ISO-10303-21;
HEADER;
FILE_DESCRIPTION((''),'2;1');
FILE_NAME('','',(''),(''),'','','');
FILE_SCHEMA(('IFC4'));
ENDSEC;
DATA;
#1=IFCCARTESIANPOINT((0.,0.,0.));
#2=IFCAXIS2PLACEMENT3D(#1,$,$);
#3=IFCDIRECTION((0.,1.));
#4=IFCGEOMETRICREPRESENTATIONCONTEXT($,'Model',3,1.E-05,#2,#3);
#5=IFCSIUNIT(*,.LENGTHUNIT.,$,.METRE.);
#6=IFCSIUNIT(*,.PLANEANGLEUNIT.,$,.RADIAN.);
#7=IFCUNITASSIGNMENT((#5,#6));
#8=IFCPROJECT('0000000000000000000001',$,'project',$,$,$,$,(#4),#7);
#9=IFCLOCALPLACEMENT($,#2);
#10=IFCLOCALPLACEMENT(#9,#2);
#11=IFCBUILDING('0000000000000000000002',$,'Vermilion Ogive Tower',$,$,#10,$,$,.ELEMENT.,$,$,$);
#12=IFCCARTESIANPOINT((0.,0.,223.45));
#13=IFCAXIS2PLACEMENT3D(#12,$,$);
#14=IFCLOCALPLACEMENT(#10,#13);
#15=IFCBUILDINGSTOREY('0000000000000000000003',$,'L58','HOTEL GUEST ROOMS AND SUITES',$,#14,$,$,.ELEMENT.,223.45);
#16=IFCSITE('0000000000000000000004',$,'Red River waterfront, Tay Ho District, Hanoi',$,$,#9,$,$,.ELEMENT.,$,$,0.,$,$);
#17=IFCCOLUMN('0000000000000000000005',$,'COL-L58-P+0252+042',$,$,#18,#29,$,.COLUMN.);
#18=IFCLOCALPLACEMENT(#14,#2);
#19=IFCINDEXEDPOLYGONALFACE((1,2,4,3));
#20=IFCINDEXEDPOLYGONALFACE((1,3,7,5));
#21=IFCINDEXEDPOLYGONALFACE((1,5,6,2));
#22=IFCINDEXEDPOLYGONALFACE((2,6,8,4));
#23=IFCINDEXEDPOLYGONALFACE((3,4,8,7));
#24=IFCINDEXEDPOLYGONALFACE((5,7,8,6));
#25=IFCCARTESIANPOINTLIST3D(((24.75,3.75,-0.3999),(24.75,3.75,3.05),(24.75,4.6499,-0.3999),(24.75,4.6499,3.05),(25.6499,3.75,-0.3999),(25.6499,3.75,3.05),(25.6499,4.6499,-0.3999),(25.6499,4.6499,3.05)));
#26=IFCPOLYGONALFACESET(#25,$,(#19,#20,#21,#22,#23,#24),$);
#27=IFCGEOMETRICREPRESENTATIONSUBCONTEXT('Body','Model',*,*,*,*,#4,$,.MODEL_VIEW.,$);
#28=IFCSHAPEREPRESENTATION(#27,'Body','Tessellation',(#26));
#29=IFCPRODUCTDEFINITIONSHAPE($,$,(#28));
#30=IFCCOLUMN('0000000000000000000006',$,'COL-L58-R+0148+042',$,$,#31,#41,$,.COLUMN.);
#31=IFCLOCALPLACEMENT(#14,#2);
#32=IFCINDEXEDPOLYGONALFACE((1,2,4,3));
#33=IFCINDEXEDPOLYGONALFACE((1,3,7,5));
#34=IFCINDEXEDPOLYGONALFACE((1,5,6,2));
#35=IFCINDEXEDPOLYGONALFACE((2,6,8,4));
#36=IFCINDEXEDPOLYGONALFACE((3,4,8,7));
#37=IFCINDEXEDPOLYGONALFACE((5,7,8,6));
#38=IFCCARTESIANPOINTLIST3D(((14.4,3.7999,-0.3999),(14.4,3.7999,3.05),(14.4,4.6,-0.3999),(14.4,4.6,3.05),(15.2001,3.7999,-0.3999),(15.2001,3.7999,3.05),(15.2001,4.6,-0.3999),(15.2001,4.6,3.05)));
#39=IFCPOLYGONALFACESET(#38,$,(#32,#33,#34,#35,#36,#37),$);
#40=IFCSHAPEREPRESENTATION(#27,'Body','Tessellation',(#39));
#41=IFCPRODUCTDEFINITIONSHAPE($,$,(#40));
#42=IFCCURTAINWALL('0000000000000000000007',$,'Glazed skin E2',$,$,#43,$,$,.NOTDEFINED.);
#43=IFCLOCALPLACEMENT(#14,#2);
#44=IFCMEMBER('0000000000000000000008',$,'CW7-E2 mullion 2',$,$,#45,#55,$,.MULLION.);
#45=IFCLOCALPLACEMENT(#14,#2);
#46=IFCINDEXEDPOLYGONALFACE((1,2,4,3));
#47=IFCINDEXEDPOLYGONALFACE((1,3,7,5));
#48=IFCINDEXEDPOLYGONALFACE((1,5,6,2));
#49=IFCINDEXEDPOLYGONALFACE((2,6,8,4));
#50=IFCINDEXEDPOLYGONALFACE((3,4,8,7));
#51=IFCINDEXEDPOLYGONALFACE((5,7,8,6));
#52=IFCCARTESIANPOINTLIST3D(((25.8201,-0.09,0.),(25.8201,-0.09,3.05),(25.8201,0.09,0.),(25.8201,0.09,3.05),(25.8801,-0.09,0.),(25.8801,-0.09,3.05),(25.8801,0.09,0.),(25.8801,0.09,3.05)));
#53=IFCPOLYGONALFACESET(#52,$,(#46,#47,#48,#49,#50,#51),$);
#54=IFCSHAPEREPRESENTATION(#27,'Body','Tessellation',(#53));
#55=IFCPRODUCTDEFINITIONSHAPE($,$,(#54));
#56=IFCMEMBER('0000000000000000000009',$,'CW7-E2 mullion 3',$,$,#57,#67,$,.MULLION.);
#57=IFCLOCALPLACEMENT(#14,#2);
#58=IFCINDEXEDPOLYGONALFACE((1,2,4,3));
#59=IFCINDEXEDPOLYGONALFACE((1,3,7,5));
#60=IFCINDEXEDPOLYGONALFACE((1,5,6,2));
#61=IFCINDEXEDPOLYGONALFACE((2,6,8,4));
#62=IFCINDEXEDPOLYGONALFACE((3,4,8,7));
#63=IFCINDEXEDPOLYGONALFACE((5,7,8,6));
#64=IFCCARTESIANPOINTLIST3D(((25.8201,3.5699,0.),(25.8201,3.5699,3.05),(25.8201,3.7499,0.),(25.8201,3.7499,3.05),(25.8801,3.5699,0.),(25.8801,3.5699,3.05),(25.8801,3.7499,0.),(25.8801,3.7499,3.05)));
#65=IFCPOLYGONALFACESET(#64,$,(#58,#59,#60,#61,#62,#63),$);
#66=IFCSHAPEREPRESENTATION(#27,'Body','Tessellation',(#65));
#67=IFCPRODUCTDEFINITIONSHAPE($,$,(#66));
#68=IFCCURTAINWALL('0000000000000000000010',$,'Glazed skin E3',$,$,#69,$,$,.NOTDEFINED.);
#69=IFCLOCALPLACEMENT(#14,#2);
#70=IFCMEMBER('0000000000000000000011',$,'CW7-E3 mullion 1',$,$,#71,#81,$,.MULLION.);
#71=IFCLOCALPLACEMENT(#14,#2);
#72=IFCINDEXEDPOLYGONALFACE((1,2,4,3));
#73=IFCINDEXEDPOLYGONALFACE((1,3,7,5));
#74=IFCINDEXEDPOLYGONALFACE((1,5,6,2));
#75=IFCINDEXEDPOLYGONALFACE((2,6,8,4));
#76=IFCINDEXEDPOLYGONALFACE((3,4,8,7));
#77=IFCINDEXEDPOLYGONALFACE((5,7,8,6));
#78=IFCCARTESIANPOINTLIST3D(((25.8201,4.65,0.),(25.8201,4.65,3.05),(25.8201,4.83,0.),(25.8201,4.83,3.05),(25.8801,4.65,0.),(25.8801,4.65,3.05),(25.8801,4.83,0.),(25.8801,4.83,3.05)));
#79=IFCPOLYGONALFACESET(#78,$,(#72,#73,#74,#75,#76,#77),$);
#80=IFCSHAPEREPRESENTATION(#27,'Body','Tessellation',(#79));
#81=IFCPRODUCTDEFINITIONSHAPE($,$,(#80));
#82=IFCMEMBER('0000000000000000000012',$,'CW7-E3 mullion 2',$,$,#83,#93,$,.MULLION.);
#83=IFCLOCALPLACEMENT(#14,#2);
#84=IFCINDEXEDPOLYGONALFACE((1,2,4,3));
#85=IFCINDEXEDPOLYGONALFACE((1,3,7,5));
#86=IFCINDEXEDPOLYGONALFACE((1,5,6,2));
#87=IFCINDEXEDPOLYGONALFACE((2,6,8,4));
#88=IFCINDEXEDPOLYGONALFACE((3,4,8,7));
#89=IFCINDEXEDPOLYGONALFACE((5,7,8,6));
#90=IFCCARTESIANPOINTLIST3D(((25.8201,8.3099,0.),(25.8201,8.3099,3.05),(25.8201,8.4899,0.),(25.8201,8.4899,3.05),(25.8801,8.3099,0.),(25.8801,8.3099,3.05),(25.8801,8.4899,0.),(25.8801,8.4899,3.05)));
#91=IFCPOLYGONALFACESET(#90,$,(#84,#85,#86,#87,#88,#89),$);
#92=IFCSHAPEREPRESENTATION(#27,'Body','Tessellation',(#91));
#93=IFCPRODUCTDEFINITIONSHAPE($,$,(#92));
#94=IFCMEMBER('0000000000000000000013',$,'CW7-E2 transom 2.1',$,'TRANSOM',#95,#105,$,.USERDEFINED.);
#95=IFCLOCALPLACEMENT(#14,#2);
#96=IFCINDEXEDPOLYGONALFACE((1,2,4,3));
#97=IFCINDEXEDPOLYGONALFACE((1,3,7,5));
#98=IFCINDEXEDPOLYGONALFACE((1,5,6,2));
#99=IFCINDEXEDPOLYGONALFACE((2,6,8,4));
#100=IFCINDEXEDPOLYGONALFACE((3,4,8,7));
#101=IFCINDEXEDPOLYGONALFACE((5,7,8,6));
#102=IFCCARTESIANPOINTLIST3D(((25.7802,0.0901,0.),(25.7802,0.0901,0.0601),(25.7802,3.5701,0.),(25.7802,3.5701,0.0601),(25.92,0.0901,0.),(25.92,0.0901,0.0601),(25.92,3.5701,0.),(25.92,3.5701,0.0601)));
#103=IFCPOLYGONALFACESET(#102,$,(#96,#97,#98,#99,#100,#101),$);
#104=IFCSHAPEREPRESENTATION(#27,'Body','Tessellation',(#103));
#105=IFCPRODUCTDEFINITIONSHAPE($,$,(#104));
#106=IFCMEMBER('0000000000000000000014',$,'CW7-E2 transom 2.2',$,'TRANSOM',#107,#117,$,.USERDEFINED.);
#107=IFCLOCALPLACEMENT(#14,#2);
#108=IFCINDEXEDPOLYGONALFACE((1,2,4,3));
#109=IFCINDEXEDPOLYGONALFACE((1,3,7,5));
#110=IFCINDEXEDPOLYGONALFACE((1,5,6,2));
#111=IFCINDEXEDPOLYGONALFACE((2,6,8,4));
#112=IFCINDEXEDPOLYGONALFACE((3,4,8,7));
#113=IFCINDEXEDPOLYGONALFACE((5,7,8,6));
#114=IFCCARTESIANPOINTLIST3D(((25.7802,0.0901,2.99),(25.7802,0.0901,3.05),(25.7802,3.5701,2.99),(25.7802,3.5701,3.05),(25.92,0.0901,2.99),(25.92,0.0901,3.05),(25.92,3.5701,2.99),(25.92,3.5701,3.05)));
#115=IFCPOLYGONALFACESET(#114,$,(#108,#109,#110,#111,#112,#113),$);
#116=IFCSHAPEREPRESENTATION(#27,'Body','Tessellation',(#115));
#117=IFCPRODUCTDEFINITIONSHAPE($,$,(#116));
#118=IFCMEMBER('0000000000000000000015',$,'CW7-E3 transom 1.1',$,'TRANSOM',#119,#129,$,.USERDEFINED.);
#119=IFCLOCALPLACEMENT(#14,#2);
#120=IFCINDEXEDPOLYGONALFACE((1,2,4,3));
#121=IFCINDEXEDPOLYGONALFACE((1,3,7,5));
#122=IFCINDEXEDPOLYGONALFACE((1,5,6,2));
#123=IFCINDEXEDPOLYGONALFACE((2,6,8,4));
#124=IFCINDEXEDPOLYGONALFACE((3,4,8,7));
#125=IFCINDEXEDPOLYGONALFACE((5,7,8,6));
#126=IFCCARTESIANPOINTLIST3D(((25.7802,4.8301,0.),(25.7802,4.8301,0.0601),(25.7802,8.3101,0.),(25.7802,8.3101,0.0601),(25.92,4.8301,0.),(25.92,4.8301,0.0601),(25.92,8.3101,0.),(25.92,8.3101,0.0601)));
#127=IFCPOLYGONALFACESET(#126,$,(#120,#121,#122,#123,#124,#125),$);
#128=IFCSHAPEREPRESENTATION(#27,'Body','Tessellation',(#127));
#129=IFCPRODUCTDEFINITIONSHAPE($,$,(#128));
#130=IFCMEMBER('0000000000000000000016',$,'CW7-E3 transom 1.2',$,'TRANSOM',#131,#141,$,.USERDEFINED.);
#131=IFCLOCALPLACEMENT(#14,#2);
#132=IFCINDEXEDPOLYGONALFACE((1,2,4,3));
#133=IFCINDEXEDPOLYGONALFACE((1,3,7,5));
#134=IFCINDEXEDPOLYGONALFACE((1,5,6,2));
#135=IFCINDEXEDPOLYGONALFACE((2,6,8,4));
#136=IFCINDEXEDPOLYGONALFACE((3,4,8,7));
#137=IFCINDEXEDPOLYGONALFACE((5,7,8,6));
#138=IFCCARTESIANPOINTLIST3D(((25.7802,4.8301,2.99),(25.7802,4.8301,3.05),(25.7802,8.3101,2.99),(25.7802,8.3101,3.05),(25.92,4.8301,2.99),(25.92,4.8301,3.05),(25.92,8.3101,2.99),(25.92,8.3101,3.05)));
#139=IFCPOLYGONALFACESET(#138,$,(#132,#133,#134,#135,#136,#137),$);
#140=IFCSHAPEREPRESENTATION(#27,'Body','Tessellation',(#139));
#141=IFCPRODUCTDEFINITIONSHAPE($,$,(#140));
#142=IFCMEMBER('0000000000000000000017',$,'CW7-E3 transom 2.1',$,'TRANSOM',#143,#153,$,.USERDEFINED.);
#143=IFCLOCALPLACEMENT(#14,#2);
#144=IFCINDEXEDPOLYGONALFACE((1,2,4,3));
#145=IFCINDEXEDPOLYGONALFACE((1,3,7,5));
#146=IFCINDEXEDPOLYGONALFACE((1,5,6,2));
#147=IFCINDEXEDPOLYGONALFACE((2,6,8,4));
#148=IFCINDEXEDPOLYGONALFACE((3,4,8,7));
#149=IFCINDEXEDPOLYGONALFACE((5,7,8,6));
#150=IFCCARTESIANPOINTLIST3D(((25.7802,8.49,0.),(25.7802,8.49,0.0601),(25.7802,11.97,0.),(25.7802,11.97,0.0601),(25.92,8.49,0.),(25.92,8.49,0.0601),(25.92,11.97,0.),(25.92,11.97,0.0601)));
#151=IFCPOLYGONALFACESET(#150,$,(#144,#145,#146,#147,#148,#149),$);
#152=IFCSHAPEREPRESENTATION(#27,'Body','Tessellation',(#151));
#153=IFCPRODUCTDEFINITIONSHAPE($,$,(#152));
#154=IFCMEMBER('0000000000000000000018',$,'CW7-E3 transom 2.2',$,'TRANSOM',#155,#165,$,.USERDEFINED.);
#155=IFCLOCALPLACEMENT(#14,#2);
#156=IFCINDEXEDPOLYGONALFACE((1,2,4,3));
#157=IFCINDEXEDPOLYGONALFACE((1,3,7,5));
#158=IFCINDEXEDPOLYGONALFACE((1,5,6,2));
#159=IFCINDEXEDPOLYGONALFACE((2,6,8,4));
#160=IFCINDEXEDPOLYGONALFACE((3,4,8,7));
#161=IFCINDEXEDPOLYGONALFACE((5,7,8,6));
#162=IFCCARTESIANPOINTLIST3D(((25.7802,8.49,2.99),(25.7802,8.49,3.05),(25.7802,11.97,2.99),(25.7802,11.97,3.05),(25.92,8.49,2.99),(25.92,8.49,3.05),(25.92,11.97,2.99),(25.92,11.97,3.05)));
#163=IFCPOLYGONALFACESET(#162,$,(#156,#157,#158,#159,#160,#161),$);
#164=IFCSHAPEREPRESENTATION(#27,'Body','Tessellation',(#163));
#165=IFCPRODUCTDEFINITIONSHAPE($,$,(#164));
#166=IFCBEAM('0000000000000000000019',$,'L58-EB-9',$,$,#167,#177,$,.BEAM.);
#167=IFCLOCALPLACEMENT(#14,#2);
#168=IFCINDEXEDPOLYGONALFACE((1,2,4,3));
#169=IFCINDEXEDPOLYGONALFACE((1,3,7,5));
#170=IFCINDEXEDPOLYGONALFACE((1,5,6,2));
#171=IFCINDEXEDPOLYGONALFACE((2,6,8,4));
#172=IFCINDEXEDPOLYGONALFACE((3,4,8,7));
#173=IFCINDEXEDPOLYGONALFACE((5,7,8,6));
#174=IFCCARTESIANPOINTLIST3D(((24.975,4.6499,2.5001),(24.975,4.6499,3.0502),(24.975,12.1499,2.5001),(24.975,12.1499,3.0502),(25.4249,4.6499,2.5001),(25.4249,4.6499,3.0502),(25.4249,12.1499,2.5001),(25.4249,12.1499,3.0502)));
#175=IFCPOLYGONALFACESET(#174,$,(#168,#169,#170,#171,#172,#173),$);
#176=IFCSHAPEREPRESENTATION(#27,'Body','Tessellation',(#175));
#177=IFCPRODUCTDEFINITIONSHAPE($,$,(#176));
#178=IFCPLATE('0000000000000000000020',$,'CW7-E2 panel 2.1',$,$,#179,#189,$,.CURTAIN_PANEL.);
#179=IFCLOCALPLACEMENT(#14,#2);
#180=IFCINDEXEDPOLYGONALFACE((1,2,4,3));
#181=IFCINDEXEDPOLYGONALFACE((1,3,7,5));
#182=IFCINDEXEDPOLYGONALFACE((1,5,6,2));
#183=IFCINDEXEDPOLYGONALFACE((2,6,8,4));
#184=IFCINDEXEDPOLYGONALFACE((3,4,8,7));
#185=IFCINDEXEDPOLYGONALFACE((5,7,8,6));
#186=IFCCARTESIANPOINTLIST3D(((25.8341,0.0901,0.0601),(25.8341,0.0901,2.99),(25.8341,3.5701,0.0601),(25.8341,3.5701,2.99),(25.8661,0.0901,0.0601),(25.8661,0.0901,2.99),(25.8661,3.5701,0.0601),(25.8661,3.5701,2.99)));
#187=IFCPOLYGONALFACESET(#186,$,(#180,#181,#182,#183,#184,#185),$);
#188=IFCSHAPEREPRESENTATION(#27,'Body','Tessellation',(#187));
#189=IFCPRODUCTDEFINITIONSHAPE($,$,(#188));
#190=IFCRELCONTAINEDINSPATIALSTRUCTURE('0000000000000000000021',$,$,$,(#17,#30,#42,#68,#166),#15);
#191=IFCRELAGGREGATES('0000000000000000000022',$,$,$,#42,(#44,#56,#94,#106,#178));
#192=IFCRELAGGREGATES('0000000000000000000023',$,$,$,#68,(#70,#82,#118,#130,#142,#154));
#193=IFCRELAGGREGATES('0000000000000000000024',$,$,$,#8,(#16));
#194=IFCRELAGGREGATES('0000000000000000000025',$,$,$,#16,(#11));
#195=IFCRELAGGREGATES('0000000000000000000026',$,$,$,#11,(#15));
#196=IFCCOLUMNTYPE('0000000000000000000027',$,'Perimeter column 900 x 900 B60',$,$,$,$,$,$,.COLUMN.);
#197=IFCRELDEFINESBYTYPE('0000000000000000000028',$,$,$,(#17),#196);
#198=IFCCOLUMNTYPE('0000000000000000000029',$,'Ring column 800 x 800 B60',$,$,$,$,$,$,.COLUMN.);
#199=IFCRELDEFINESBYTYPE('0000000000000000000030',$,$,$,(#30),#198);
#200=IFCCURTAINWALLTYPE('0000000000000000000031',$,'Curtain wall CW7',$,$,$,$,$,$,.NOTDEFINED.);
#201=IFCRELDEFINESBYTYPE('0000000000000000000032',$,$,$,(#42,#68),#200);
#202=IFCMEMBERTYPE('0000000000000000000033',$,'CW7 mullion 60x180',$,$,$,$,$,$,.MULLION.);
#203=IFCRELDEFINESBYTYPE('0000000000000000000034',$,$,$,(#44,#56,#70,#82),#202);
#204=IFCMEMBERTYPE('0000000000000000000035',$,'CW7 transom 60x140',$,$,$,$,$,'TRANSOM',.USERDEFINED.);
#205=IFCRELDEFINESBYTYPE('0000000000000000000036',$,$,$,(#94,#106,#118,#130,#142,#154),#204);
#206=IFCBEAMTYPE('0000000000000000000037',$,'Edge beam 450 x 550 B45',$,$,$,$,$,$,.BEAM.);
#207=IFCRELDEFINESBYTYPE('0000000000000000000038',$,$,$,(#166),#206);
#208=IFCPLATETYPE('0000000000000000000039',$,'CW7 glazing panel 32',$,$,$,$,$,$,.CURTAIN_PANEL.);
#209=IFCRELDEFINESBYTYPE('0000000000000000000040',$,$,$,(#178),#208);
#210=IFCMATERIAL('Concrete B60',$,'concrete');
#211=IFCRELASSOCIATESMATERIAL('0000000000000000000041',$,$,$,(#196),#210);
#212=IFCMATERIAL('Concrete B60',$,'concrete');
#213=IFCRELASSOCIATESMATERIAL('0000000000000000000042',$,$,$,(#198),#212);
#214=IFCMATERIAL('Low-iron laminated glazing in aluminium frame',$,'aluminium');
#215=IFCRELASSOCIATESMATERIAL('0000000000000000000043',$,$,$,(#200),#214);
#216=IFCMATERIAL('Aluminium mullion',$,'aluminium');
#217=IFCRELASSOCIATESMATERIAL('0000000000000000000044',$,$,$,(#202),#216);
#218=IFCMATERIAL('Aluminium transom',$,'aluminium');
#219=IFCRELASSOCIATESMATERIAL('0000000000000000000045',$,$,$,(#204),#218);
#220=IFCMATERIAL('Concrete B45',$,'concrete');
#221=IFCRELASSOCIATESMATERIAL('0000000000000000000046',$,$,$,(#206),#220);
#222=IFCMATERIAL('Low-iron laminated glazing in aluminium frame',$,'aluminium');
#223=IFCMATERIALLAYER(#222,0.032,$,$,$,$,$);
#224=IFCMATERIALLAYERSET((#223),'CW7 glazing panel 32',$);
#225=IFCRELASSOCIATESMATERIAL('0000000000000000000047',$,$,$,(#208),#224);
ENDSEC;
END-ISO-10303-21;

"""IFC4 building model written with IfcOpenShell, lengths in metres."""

from ifc_helpers import new_model, si_unit, direction, frame, origin, origin_2d, place, context, subcontext, project, spatial, rectangle, extrude, material, layer, layer_set, material_profile, profile_set, type_object, element, aggregate, save


model = new_model("IFC4")

# Units and contexts
model_context = context("Model", 3, precision=1e-05, world=origin(), true_north=direction((0.0, 1.0)))
body_context = subcontext(model_context, "Body", "Model", "MODEL_VIEW")
ifc_project = project(units=[si_unit("LENGTHUNIT", "METRE"), si_unit("PLANEANGLEUNIT", "RADIAN")], contexts=[model_context])

# Site, building, storey
site_placement = place(None, origin())
site = spatial("IfcSite", under=ifc_project, at=site_placement, Name="Red River waterfront, Tay Ho District, Hanoi", CompositionType="ELEMENT", RefElevation=0.0)
building_placement = place(site_placement, origin())
building = spatial("IfcBuilding", under=site, at=building_placement, Name="Vermilion Ogive Tower", CompositionType="ELEMENT")
storey_placement = place(building_placement, frame((0.0, 0.0, 223.45)))
storey = spatial("IfcBuildingStorey", under=building, at=storey_placement, Name="L58", Description="HOTEL GUEST ROOMS AND SUITES", CompositionType="ELEMENT", Elevation=223.45)

# Columns
ifc_material_1 = material(Name="Concrete B60", Category="concrete")
ifc_material_profile_1 = material_profile(ifc_material_1, rectangle(XDim=0.8999, YDim=0.8999, at=origin_2d()), Name="900 x 900")
ifc_profile_set_1 = profile_set([ifc_material_profile_1], Name="Concrete B60")
column_type_1 = type_object("IfcColumnType", Name="Perimeter column 900 x 900 B60", PredefinedType="COLUMN", material=ifc_profile_set_1)
column_1_placement = place(storey_placement, frame((25.2, 4.2, -0.3999), z_axis=(0.0, 0.0, 1.0), x_axis=(1.0, 0.0, 0.0)))
element("IfcColumn", 1, at=column_1_placement, inside=storey, type_object=column_type_1, Name="COL-L58-P+0252+042", PredefinedType="COLUMN", context=body_context, shape_type="SweptSolid", body=[
    extrude(rectangle(XDim=0.8999, YDim=0.8999, at=origin_2d()), origin(), (0.0, 0.0, 1.0), 3.45),
])
ifc_material_2 = material(Name="Concrete B60", Category="concrete")
ifc_material_profile_2 = material_profile(ifc_material_2, rectangle(XDim=0.8, YDim=0.8, at=origin_2d()), Name="800 x 800")
ifc_profile_set_2 = profile_set([ifc_material_profile_2], Name="Concrete B60")
column_type_2 = type_object("IfcColumnType", Name="Ring column 800 x 800 B60", PredefinedType="COLUMN", material=ifc_profile_set_2)
column_2_placement = place(storey_placement, frame((14.8, 4.2, -0.3999), z_axis=(0.0, 0.0, 1.0), x_axis=(1.0, 0.0, 0.0)))
element("IfcColumn", 2, at=column_2_placement, inside=storey, type_object=column_type_2, Name="COL-L58-R+0148+042", PredefinedType="COLUMN", context=body_context, shape_type="SweptSolid", body=[
    extrude(rectangle(XDim=0.8, YDim=0.8, at=origin_2d()), origin(), (0.0, 0.0, 1.0), 3.45),
])

# Curtain walls, members
ifc_material_3 = material(Name="Low-iron laminated glazing in aluminium frame", Category="aluminium")
curtain_wall_type = type_object("IfcCurtainWallType", Name="Curtain wall CW7", PredefinedType="NOTDEFINED", material=ifc_material_3)
curtain_wall_1_placement = place(storey_placement, origin())
curtain_wall_1 = element("IfcCurtainWall", 3, at=curtain_wall_1_placement, inside=storey, type_object=curtain_wall_type, Name="Glazed skin E2", PredefinedType="NOTDEFINED")
ifc_material_4 = material(Name="Aluminium mullion", Category="aluminium")
ifc_material_profile_3 = material_profile(ifc_material_4, rectangle(XDim=0.0601, YDim=0.1799, at=origin_2d()), Name="AL 60x180")
ifc_profile_set_3 = profile_set([ifc_material_profile_3], Name="Aluminium mullion")
member_type_1 = type_object("IfcMemberType", Name="CW7 mullion 60x180", PredefinedType="MULLION", material=ifc_profile_set_3)
member_1_placement = place(storey_placement, frame((25.8501, 0.0, 0.0), z_axis=(0.0, 0.0, 1.0), x_axis=(-1.0, 0.0, 0.0)))
member_1 = element("IfcMember", 4, at=member_1_placement, type_object=member_type_1, Name="CW7-E2 mullion 2", PredefinedType="MULLION", context=body_context, shape_type="SweptSolid", body=[
    extrude(rectangle(XDim=0.0601, YDim=0.1799, at=origin_2d()), origin(), (0.0, 0.0, 1.0), 3.05),
])
member_2_placement = place(storey_placement, frame((25.8501, 3.6599, 0.0), z_axis=(0.0, 0.0, 1.0), x_axis=(-1.0, 0.0, 0.0)))
member_2 = element("IfcMember", 5, at=member_2_placement, type_object=member_type_1, Name="CW7-E2 mullion 3", PredefinedType="MULLION", context=body_context, shape_type="SweptSolid", body=[
    extrude(rectangle(XDim=0.0601, YDim=0.1799, at=origin_2d()), origin(), (0.0, 0.0, 1.0), 3.05),
])
curtain_wall_2_placement = place(storey_placement, origin())
curtain_wall_2 = element("IfcCurtainWall", 6, at=curtain_wall_2_placement, inside=storey, type_object=curtain_wall_type, Name="Glazed skin E3", PredefinedType="NOTDEFINED")
member_3_placement = place(storey_placement, frame((25.8501, 4.74, 0.0), z_axis=(0.0, 0.0, 1.0), x_axis=(-1.0, 0.0, 0.0)))
member_3 = element("IfcMember", 7, at=member_3_placement, type_object=member_type_1, Name="CW7-E3 mullion 1", PredefinedType="MULLION", context=body_context, shape_type="SweptSolid", body=[
    extrude(rectangle(XDim=0.0601, YDim=0.1799, at=origin_2d()), origin(), (0.0, 0.0, 1.0), 3.05),
])
member_4_placement = place(storey_placement, frame((25.8501, 8.3999, 0.0), z_axis=(0.0, 0.0, 1.0), x_axis=(-1.0, 0.0, 0.0)))
member_4 = element("IfcMember", 8, at=member_4_placement, type_object=member_type_1, Name="CW7-E3 mullion 2", PredefinedType="MULLION", context=body_context, shape_type="SweptSolid", body=[
    extrude(rectangle(XDim=0.0601, YDim=0.1799, at=origin_2d()), origin(), (0.0, 0.0, 1.0), 3.05),
])

# Members
ifc_material_5 = material(Name="Aluminium transom", Category="aluminium")
ifc_material_profile_4 = material_profile(ifc_material_5, rectangle(XDim=0.1399, YDim=0.0601, at=origin_2d()), Name="AL 60x140")
ifc_profile_set_4 = profile_set([ifc_material_profile_4], Name="Aluminium transom")
member_type_2 = type_object("IfcMemberType", Name="CW7 transom 60x140", ElementType="TRANSOM", PredefinedType="USERDEFINED", material=ifc_profile_set_4)
member_5_placement = place(storey_placement, frame((25.8501, 0.0901, 0.03), z_axis=(0.0, 1.0, 0.0), x_axis=(-1.0, 0.0, 0.0)))
member_5 = element("IfcMember", 9, at=member_5_placement, type_object=member_type_2, Name="CW7-E2 transom 2.1", ObjectType="TRANSOM", PredefinedType="USERDEFINED", context=body_context, shape_type="SweptSolid", body=[
    extrude(rectangle(XDim=0.1399, YDim=0.0601, at=origin_2d()), origin(), (0.0, 0.0, 1.0), 3.48),
])
member_6_placement = place(storey_placement, frame((25.8501, 0.0901, 3.02), z_axis=(0.0, 1.0, 0.0), x_axis=(-1.0, 0.0, 0.0)))
member_6 = element("IfcMember", 10, at=member_6_placement, type_object=member_type_2, Name="CW7-E2 transom 2.2", ObjectType="TRANSOM", PredefinedType="USERDEFINED", context=body_context, shape_type="SweptSolid", body=[
    extrude(rectangle(XDim=0.1399, YDim=0.0601, at=origin_2d()), origin(), (0.0, 0.0, 1.0), 3.48),
])
member_7_placement = place(storey_placement, frame((25.8501, 4.8301, 0.03), z_axis=(0.0, 1.0, 0.0), x_axis=(-1.0, 0.0, 0.0)))
member_7 = element("IfcMember", 11, at=member_7_placement, type_object=member_type_2, Name="CW7-E3 transom 1.1", ObjectType="TRANSOM", PredefinedType="USERDEFINED", context=body_context, shape_type="SweptSolid", body=[
    extrude(rectangle(XDim=0.1399, YDim=0.0601, at=origin_2d()), origin(), (0.0, 0.0, 1.0), 3.48),
])
member_8_placement = place(storey_placement, frame((25.8501, 4.8301, 3.02), z_axis=(0.0, 1.0, 0.0), x_axis=(-1.0, 0.0, 0.0)))
member_8 = element("IfcMember", 12, at=member_8_placement, type_object=member_type_2, Name="CW7-E3 transom 1.2", ObjectType="TRANSOM", PredefinedType="USERDEFINED", context=body_context, shape_type="SweptSolid", body=[
    extrude(rectangle(XDim=0.1399, YDim=0.0601, at=origin_2d()), origin(), (0.0, 0.0, 1.0), 3.48),
])
member_9_placement = place(storey_placement, frame((25.8501, 8.49, 0.03), z_axis=(0.0, 1.0, 0.0), x_axis=(-1.0, 0.0, 0.0)))
member_9 = element("IfcMember", 13, at=member_9_placement, type_object=member_type_2, Name="CW7-E3 transom 2.1", ObjectType="TRANSOM", PredefinedType="USERDEFINED", context=body_context, shape_type="SweptSolid", body=[
    extrude(rectangle(XDim=0.1399, YDim=0.0601, at=origin_2d()), origin(), (0.0, 0.0, 1.0), 3.48),
])
member_10_placement = place(storey_placement, frame((25.8501, 8.49, 3.02), z_axis=(0.0, 1.0, 0.0), x_axis=(-1.0, 0.0, 0.0)))
member_10 = element("IfcMember", 14, at=member_10_placement, type_object=member_type_2, Name="CW7-E3 transom 2.2", ObjectType="TRANSOM", PredefinedType="USERDEFINED", context=body_context, shape_type="SweptSolid", body=[
    extrude(rectangle(XDim=0.1399, YDim=0.0601, at=origin_2d()), origin(), (0.0, 0.0, 1.0), 3.48),
])

# Beam
ifc_material_6 = material(Name="Concrete B45", Category="concrete")
ifc_material_profile_5 = material_profile(ifc_material_6, rectangle(XDim=0.45, YDim=0.55, at=origin_2d()), Name="450 x 550")
ifc_profile_set_5 = profile_set([ifc_material_profile_5], Name="Concrete B45")
beam_type = type_object("IfcBeamType", Name="Edge beam 450 x 550 B45", PredefinedType="BEAM", material=ifc_profile_set_5)
beam_placement = place(storey_placement, frame((25.2, 4.6499, 2.7751), z_axis=(0.0, 1.0, 0.0), x_axis=(-1.0, 0.0, 0.0)))
element("IfcBeam", 15, at=beam_placement, inside=storey, type_object=beam_type, Name="L58-EB-9", PredefinedType="BEAM", context=body_context, shape_type="SweptSolid", body=[
    extrude(rectangle(XDim=0.45, YDim=0.55, at=origin_2d()), origin(), (0.0, 0.0, 1.0), 7.5),
])

# Plate
ifc_material_7 = material(Name="Low-iron laminated glazing in aluminium frame", Category="aluminium")
ifc_layer_1 = layer(ifc_material_7, 0.032)
ifc_layer_set_1 = layer_set([ifc_layer_1], Name="CW7 glazing panel 32")
plate_type = type_object("IfcPlateType", Name="CW7 glazing panel 32", PredefinedType="CURTAIN_PANEL", material=ifc_layer_set_1)
plate_1_placement = place(storey_placement, frame((25.8501, 1.8301, 0.0601), z_axis=(0.0, 0.0, 1.0), x_axis=(0.0, 1.0, 0.0)))
plate_1 = element("IfcPlate", 16, at=plate_1_placement, type_object=plate_type, Name="CW7-E2 panel 2.1", PredefinedType="CURTAIN_PANEL", context=body_context, shape_type="SweptSolid", body=[
    extrude(rectangle(XDim=3.48, YDim=0.032, at=origin_2d()), origin(), (0.0, 0.0, 1.0), 2.9299),
])
aggregate(curtain_wall_1, [member_1, member_2, member_5, member_6, plate_1])
aggregate(curtain_wall_2, [member_3, member_4, member_7, member_8, member_9, member_10])

save(model, "model.ifc")
